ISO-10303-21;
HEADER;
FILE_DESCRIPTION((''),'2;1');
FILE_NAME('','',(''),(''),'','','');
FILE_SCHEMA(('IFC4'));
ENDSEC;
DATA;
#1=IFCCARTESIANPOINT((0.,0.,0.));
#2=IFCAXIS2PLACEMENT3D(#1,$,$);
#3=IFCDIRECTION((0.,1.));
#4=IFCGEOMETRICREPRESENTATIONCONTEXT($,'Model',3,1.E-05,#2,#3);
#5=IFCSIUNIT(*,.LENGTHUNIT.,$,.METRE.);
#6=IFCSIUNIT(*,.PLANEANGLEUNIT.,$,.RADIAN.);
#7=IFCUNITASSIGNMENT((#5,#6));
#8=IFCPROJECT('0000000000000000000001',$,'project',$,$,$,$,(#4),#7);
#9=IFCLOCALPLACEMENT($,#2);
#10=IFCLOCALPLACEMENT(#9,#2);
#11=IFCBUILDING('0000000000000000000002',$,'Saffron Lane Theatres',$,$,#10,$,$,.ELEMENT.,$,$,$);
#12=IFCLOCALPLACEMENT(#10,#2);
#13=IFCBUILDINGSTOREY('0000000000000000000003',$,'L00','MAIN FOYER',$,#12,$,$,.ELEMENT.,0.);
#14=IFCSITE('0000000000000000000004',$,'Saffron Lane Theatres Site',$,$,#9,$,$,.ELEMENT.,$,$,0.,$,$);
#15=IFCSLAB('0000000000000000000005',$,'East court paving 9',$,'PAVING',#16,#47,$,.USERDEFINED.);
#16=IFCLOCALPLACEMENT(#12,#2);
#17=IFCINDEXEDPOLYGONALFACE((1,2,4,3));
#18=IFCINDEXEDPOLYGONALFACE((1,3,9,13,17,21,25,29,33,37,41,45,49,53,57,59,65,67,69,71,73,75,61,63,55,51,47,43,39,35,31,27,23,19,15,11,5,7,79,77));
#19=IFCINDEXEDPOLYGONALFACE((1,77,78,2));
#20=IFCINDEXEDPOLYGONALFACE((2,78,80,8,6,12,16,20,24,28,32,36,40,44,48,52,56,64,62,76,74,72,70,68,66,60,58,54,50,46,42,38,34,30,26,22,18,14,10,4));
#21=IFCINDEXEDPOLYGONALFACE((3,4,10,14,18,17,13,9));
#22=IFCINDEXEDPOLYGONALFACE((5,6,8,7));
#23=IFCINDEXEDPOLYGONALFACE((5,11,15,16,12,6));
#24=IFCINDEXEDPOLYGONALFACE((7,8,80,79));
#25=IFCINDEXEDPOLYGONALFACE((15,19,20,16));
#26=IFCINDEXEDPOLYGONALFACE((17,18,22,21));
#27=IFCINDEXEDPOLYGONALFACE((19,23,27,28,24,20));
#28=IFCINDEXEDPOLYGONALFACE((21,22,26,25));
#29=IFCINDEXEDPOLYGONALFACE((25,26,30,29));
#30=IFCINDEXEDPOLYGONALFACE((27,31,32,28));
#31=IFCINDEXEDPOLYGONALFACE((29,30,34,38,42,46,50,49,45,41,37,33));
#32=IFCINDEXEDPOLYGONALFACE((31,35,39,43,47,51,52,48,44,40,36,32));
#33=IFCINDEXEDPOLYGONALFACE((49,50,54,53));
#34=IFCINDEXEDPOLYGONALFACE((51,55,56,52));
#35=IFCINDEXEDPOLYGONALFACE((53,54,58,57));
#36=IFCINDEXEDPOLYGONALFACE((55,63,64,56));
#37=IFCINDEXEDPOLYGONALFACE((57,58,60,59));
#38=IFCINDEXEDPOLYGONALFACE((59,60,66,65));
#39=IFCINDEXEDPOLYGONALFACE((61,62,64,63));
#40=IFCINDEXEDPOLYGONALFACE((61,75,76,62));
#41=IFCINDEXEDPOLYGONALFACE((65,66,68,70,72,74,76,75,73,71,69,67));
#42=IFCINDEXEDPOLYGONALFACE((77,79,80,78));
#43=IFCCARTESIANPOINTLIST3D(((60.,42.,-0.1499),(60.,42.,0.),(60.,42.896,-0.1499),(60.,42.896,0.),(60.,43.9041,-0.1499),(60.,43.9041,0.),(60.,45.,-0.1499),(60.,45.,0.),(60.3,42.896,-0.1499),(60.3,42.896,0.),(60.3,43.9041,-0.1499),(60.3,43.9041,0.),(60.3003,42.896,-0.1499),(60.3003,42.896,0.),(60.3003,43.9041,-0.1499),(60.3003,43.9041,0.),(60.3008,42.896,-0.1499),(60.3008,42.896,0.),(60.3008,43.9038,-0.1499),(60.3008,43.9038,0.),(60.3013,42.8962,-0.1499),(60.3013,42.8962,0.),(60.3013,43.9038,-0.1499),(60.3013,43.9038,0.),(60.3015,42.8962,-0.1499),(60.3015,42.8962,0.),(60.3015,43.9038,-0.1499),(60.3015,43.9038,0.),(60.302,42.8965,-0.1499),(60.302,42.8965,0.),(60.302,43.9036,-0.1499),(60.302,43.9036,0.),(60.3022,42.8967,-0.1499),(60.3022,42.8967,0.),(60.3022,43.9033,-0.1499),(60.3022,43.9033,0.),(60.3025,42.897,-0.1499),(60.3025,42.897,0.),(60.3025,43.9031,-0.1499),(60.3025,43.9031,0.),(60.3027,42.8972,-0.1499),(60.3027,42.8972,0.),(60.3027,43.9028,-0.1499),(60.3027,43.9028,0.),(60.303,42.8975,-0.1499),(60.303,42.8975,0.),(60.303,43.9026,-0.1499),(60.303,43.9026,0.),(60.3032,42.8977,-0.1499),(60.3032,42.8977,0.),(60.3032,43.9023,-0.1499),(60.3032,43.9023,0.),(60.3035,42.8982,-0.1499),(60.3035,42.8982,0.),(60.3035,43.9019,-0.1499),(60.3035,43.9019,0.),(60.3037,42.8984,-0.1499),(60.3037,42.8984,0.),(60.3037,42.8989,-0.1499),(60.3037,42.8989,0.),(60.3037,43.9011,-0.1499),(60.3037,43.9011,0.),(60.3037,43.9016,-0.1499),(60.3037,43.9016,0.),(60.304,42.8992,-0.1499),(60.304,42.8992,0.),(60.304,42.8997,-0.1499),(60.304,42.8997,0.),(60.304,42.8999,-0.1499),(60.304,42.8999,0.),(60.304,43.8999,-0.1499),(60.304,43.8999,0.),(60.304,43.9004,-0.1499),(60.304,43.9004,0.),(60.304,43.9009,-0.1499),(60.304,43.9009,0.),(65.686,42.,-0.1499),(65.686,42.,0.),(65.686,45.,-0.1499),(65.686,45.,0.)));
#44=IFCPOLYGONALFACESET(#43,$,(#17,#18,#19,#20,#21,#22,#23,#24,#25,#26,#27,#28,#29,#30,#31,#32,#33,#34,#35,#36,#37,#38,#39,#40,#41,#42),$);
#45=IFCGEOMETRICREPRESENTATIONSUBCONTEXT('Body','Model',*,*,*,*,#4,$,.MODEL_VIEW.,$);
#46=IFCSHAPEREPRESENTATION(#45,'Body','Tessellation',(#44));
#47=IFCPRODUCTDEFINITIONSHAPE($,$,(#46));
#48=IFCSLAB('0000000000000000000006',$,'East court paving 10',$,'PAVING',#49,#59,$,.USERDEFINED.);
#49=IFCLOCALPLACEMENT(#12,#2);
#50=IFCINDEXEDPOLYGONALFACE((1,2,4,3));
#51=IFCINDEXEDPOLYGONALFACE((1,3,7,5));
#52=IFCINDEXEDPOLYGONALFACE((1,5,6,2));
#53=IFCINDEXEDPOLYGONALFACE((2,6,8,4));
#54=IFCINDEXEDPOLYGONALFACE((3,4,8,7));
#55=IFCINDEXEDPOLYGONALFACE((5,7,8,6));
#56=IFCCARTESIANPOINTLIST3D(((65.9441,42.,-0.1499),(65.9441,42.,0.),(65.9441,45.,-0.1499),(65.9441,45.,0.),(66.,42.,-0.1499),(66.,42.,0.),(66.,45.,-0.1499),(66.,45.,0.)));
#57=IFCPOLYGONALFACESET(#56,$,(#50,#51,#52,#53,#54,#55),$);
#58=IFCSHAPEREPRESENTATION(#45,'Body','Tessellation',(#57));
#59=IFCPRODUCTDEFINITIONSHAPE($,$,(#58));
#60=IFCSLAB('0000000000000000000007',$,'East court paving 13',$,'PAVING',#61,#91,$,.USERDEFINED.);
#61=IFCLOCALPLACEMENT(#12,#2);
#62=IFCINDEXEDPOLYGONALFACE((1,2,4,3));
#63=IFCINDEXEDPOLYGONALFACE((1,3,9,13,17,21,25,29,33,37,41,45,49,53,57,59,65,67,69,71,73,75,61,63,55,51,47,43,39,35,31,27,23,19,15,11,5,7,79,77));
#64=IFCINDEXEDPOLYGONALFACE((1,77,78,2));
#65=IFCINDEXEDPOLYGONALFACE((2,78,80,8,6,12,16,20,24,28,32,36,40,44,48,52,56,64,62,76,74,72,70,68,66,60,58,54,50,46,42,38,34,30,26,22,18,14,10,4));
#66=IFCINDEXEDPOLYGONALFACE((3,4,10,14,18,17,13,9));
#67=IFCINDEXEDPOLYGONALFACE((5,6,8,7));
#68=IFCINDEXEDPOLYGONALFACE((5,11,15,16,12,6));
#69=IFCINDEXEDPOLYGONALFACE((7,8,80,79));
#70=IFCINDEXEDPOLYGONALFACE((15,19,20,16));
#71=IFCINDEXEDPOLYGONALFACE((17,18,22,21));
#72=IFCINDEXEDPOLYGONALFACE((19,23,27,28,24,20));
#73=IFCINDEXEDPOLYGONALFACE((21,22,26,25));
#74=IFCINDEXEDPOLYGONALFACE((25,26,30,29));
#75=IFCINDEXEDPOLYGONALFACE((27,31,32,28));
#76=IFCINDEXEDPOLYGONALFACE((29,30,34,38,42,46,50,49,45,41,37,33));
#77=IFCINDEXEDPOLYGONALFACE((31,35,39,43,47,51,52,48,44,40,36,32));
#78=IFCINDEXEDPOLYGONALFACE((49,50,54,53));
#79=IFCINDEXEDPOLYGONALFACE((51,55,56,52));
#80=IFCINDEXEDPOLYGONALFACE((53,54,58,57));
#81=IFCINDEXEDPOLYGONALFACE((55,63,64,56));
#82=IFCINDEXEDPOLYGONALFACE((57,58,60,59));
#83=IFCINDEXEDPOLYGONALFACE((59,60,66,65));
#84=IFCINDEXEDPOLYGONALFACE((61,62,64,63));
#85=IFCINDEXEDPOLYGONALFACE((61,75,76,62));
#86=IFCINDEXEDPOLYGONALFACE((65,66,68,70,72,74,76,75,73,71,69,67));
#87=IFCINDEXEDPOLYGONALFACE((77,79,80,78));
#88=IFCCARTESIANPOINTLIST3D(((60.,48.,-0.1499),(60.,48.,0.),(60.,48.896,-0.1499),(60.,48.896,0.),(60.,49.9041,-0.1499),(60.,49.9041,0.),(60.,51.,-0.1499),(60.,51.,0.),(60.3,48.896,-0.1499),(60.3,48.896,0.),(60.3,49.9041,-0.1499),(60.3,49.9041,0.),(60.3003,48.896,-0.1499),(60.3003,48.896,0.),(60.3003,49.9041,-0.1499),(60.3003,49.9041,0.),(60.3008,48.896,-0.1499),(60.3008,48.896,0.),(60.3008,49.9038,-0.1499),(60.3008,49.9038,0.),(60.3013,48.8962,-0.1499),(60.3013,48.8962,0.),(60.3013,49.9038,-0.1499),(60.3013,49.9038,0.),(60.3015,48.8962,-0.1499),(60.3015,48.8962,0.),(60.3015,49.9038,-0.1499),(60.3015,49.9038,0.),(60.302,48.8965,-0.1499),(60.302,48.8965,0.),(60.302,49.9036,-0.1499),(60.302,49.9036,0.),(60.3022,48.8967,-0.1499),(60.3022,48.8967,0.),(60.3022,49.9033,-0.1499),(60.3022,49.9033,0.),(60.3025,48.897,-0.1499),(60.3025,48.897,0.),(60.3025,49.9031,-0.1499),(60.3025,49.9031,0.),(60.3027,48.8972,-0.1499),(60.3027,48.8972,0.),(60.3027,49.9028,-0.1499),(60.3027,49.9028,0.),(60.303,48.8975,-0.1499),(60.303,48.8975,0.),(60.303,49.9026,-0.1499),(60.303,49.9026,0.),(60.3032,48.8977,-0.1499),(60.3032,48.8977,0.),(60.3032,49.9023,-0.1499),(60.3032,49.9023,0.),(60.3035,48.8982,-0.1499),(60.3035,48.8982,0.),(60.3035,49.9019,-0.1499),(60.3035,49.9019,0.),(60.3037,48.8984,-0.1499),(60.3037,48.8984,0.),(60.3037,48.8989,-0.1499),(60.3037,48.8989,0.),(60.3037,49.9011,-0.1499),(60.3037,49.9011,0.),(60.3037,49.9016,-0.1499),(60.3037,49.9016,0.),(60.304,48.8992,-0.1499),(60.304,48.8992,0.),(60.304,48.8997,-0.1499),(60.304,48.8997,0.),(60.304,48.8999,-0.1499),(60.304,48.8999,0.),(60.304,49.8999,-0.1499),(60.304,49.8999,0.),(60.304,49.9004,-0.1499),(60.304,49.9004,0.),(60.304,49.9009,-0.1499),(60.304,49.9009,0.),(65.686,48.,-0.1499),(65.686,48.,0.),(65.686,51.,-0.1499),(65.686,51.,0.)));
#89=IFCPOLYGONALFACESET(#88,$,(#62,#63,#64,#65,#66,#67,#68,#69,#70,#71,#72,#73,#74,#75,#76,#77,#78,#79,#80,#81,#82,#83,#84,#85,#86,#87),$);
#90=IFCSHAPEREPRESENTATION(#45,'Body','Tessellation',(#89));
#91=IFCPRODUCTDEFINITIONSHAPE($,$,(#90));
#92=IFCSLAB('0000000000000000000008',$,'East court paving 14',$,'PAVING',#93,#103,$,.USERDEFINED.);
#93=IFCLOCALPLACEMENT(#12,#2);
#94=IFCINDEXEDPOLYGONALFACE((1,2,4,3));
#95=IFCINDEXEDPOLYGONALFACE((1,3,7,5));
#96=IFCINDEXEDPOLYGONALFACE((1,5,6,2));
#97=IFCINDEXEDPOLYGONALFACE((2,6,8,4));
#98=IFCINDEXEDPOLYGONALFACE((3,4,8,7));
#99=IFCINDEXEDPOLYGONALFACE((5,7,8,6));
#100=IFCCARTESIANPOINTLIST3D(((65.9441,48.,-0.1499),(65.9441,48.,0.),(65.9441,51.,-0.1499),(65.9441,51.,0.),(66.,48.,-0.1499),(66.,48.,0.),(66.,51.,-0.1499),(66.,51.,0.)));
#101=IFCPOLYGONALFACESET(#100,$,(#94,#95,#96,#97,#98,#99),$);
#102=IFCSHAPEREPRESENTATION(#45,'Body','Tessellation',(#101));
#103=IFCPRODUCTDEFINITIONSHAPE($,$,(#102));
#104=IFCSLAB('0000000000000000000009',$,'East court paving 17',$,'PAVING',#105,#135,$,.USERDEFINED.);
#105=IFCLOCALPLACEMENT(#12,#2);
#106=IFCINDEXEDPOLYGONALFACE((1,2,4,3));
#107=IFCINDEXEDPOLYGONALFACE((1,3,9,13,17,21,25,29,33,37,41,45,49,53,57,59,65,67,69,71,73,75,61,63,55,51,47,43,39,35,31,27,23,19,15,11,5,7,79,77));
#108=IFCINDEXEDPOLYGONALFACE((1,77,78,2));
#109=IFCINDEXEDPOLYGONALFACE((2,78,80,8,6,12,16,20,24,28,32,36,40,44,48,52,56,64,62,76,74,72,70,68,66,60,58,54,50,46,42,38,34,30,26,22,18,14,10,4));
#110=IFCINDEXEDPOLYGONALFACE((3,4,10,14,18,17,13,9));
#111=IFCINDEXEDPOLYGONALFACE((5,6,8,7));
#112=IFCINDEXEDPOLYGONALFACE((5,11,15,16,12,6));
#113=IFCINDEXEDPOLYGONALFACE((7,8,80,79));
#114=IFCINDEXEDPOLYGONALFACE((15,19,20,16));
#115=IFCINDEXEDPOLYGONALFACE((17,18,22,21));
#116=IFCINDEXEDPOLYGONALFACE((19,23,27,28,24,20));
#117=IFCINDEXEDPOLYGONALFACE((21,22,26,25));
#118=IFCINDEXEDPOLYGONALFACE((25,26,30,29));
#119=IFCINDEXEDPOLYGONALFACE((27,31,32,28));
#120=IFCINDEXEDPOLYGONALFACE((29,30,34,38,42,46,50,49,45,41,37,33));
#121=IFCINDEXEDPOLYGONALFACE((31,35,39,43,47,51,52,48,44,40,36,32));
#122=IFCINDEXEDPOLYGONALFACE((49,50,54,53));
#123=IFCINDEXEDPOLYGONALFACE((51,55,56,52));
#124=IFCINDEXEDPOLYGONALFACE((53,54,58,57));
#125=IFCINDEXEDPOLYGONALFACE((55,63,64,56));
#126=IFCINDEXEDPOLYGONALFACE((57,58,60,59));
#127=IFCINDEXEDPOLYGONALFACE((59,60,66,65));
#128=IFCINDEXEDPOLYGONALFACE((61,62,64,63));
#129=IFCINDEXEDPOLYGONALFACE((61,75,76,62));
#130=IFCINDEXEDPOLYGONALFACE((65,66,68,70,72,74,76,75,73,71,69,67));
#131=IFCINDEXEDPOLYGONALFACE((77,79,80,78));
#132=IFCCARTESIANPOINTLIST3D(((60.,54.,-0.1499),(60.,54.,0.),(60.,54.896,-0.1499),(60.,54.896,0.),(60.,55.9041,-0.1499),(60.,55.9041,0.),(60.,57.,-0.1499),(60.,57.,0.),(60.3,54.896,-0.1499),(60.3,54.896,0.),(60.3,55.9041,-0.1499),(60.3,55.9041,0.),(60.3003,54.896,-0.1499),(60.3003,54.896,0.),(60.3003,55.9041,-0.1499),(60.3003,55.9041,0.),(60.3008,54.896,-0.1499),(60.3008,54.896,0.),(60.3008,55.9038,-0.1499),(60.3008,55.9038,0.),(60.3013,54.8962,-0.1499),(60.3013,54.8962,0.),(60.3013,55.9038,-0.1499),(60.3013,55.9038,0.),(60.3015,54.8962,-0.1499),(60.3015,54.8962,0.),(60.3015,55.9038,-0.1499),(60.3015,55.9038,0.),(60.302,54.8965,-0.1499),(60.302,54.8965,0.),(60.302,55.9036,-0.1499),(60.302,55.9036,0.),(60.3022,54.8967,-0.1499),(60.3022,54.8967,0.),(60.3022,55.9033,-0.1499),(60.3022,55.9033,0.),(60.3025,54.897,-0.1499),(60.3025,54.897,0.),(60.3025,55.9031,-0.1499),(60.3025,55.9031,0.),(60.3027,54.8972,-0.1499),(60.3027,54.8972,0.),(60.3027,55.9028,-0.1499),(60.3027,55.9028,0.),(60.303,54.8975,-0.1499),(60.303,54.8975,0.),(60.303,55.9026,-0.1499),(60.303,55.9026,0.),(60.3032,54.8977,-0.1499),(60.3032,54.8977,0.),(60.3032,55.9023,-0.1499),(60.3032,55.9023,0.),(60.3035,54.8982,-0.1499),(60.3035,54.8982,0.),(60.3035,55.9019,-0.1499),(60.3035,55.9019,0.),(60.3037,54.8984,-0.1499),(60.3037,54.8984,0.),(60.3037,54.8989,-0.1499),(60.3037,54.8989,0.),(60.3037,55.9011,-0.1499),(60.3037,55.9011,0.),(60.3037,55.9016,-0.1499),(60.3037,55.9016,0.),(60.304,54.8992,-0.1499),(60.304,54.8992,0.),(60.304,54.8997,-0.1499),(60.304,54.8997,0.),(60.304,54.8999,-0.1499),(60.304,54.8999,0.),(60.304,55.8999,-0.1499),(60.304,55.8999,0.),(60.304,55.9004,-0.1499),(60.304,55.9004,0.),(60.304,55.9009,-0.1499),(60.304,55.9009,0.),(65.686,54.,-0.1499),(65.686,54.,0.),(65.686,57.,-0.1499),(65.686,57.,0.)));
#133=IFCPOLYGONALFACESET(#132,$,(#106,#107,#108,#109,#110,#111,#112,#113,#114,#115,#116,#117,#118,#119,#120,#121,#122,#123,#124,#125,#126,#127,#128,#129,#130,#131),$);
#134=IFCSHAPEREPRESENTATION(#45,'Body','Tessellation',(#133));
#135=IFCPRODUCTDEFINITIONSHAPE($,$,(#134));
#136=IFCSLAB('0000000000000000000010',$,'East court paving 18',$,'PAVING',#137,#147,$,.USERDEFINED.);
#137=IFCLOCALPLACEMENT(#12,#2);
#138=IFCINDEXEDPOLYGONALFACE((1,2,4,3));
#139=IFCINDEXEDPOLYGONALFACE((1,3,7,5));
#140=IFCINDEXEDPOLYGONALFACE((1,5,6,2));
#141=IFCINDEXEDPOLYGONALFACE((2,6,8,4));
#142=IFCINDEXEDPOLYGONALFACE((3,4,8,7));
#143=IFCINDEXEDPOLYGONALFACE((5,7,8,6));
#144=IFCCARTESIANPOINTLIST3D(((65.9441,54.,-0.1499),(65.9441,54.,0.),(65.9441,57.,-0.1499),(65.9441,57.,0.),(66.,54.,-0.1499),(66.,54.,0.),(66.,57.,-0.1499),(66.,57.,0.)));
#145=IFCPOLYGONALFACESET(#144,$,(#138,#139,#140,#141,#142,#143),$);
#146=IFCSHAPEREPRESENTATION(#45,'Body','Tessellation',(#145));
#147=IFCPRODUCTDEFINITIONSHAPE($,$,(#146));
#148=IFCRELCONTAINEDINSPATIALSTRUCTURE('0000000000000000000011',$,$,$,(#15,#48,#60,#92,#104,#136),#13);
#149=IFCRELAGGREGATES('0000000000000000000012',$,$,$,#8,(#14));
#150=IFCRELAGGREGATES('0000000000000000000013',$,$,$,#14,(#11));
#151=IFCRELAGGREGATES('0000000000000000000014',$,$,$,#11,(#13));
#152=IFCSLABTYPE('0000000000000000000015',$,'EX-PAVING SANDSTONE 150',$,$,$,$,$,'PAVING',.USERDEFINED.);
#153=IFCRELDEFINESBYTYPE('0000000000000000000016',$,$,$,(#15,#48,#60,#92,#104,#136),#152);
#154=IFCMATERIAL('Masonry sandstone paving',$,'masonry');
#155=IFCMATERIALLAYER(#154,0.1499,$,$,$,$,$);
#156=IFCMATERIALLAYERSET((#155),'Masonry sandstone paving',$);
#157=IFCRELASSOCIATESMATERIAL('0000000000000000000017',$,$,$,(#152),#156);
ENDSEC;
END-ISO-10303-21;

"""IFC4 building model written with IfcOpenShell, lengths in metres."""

from ifc_helpers import new_model, si_unit, direction, frame, origin, place, context, subcontext, project, spatial, polyline, outline, extrude, material, layer, layer_set, type_object, element, save


model = new_model("IFC4")

# Units and contexts
model_context = context("Model", 3, precision=1e-05, world=origin(), true_north=direction((0.0, 1.0)))
body_context = subcontext(model_context, "Body", "Model", "MODEL_VIEW")
ifc_project = project(units=[si_unit("LENGTHUNIT", "METRE"), si_unit("PLANEANGLEUNIT", "RADIAN")], contexts=[model_context])

# Site, building, storey
site_placement = place(None, origin())
site = spatial("IfcSite", under=ifc_project, at=site_placement, Name="Saffron Lane Theatres Site", CompositionType="ELEMENT", RefElevation=0.0)
building_placement = place(site_placement, origin())
building = spatial("IfcBuilding", under=site, at=building_placement, Name="Saffron Lane Theatres", CompositionType="ELEMENT")
storey_placement = place(building_placement, origin())
storey = spatial("IfcBuildingStorey", under=building, at=storey_placement, Name="L00", Description="MAIN FOYER", CompositionType="ELEMENT", Elevation=0.0)

# Slabs
ifc_material_1 = material(Name="Masonry sandstone paving", Category="masonry")
ifc_layer_1 = layer(ifc_material_1, 0.1499)
ifc_layer_set_1 = layer_set([ifc_layer_1], Name="Masonry sandstone paving")
slab_type_1 = type_object("IfcSlabType", Name="EX-PAVING SANDSTONE 150", ElementType="PAVING", PredefinedType="USERDEFINED", material=ifc_layer_set_1)
slab_1_placement = place(storey_placement, frame((0.0, 0.0, -0.1499)))
element("IfcSlab", 1, at=slab_1_placement, inside=storey, type_object=slab_type_1, Name="East court paving 9", ObjectType="PAVING", PredefinedType="USERDEFINED", context=body_context, shape_type="SweptSolid", body=[
    extrude(outline(polyline([(60.0, 42.896), (60.0, 42.0), (65.686, 42.0), (65.686, 45.0), (60.0, 45.0), (60.0, 43.9041), (60.3, 43.9041), (60.3003, 43.9041), (60.3008, 43.9038), (60.3013, 43.9038), (60.3015, 43.9038), (60.302, 43.9036), (60.3022, 43.9033), (60.3025, 43.9031), (60.3027, 43.9028), (60.303, 43.9026), (60.3032, 43.9023), (60.3035, 43.9019), (60.3037, 43.9016), (60.3037, 43.9011), (60.304, 43.9009), (60.304, 43.9004), (60.304, 43.8999), (60.304, 42.8999), (60.304, 42.8997), (60.304, 42.8992), (60.3037, 42.8989), (60.3037, 42.8984), (60.3035, 42.8982), (60.3032, 42.8977), (60.303, 42.8975), (60.3027, 42.8972), (60.3025, 42.897), (60.3022, 42.8967), (60.302, 42.8965), (60.3015, 42.8962), (60.3013, 42.8962), (60.3008, 42.896), (60.3003, 42.896), (60.3, 42.896), (60.0, 42.896)])), origin(), (0.0, 0.0, 1.0), 0.1499),
])
slab_2_placement = place(storey_placement, frame((0.0, 0.0, -0.1499)))
element("IfcSlab", 2, at=slab_2_placement, inside=storey, type_object=slab_type_1, Name="East court paving 10", ObjectType="PAVING", PredefinedType="USERDEFINED", context=body_context, shape_type="SweptSolid", body=[
    extrude(outline(polyline([(66.0, 42.0), (66.0, 45.0), (65.9441, 45.0), (65.9441, 42.0), (66.0, 42.0)])), origin(), (0.0, 0.0, 1.0), 0.1499),
])
slab_3_placement = place(storey_placement, frame((0.0, 0.0, -0.1499)))
element("IfcSlab", 3, at=slab_3_placement, inside=storey, type_object=slab_type_1, Name="East court paving 13", ObjectType="PAVING", PredefinedType="USERDEFINED", context=body_context, shape_type="SweptSolid", body=[
    extrude(outline(polyline([(60.0, 48.896), (60.0, 48.0), (65.686, 48.0), (65.686, 51.0), (60.0, 51.0), (60.0, 49.9041), (60.3, 49.9041), (60.3003, 49.9041), (60.3008, 49.9038), (60.3013, 49.9038), (60.3015, 49.9038), (60.302, 49.9036), (60.3022, 49.9033), (60.3025, 49.9031), (60.3027, 49.9028), (60.303, 49.9026), (60.3032, 49.9023), (60.3035, 49.9019), (60.3037, 49.9016), (60.3037, 49.9011), (60.304, 49.9009), (60.304, 49.9004), (60.304, 49.8999), (60.304, 48.8999), (60.304, 48.8997), (60.304, 48.8992), (60.3037, 48.8989), (60.3037, 48.8984), (60.3035, 48.8982), (60.3032, 48.8977), (60.303, 48.8975), (60.3027, 48.8972), (60.3025, 48.897), (60.3022, 48.8967), (60.302, 48.8965), (60.3015, 48.8962), (60.3013, 48.8962), (60.3008, 48.896), (60.3003, 48.896), (60.3, 48.896), (60.0, 48.896)])), origin(), (0.0, 0.0, 1.0), 0.1499),
])
slab_4_placement = place(storey_placement, frame((0.0, 0.0, -0.1499)))
element("IfcSlab", 4, at=slab_4_placement, inside=storey, type_object=slab_type_1, Name="East court paving 14", ObjectType="PAVING", PredefinedType="USERDEFINED", context=body_context, shape_type="SweptSolid", body=[
    extrude(outline(polyline([(66.0, 48.0), (66.0, 51.0), (65.9441, 51.0), (65.9441, 48.0), (66.0, 48.0)])), origin(), (0.0, 0.0, 1.0), 0.1499),
])
slab_5_placement = place(storey_placement, frame((0.0, 0.0, -0.1499)))
element("IfcSlab", 5, at=slab_5_placement, inside=storey, type_object=slab_type_1, Name="East court paving 17", ObjectType="PAVING", PredefinedType="USERDEFINED", context=body_context, shape_type="SweptSolid", body=[
    extrude(outline(polyline([(60.0, 54.896), (60.0, 54.0), (65.686, 54.0), (65.686, 57.0), (60.0, 57.0), (60.0, 55.9041), (60.3, 55.9041), (60.3003, 55.9041), (60.3008, 55.9038), (60.3013, 55.9038), (60.3015, 55.9038), (60.302, 55.9036), (60.3022, 55.9033), (60.3025, 55.9031), (60.3027, 55.9028), (60.303, 55.9026), (60.3032, 55.9023), (60.3035, 55.9019), (60.3037, 55.9016), (60.3037, 55.9011), (60.304, 55.9009), (60.304, 55.9004), (60.304, 55.8999), (60.304, 54.8999), (60.304, 54.8997), (60.304, 54.8992), (60.3037, 54.8989), (60.3037, 54.8984), (60.3035, 54.8982), (60.3032, 54.8977), (60.303, 54.8975), (60.3027, 54.8972), (60.3025, 54.897), (60.3022, 54.8967), (60.302, 54.8965), (60.3015, 54.8962), (60.3013, 54.8962), (60.3008, 54.896), (60.3003, 54.896), (60.3, 54.896), (60.0, 54.896)])), origin(), (0.0, 0.0, 1.0), 0.1499),
])
slab_6_placement = place(storey_placement, frame((0.0, 0.0, -0.1499)))
element("IfcSlab", 6, at=slab_6_placement, inside=storey, type_object=slab_type_1, Name="East court paving 18", ObjectType="PAVING", PredefinedType="USERDEFINED", context=body_context, shape_type="SweptSolid", body=[
    extrude(outline(polyline([(66.0, 54.0), (66.0, 57.0), (65.9441, 57.0), (65.9441, 54.0), (66.0, 54.0)])), origin(), (0.0, 0.0, 1.0), 0.1499),
])

save(model, "model.ifc")
